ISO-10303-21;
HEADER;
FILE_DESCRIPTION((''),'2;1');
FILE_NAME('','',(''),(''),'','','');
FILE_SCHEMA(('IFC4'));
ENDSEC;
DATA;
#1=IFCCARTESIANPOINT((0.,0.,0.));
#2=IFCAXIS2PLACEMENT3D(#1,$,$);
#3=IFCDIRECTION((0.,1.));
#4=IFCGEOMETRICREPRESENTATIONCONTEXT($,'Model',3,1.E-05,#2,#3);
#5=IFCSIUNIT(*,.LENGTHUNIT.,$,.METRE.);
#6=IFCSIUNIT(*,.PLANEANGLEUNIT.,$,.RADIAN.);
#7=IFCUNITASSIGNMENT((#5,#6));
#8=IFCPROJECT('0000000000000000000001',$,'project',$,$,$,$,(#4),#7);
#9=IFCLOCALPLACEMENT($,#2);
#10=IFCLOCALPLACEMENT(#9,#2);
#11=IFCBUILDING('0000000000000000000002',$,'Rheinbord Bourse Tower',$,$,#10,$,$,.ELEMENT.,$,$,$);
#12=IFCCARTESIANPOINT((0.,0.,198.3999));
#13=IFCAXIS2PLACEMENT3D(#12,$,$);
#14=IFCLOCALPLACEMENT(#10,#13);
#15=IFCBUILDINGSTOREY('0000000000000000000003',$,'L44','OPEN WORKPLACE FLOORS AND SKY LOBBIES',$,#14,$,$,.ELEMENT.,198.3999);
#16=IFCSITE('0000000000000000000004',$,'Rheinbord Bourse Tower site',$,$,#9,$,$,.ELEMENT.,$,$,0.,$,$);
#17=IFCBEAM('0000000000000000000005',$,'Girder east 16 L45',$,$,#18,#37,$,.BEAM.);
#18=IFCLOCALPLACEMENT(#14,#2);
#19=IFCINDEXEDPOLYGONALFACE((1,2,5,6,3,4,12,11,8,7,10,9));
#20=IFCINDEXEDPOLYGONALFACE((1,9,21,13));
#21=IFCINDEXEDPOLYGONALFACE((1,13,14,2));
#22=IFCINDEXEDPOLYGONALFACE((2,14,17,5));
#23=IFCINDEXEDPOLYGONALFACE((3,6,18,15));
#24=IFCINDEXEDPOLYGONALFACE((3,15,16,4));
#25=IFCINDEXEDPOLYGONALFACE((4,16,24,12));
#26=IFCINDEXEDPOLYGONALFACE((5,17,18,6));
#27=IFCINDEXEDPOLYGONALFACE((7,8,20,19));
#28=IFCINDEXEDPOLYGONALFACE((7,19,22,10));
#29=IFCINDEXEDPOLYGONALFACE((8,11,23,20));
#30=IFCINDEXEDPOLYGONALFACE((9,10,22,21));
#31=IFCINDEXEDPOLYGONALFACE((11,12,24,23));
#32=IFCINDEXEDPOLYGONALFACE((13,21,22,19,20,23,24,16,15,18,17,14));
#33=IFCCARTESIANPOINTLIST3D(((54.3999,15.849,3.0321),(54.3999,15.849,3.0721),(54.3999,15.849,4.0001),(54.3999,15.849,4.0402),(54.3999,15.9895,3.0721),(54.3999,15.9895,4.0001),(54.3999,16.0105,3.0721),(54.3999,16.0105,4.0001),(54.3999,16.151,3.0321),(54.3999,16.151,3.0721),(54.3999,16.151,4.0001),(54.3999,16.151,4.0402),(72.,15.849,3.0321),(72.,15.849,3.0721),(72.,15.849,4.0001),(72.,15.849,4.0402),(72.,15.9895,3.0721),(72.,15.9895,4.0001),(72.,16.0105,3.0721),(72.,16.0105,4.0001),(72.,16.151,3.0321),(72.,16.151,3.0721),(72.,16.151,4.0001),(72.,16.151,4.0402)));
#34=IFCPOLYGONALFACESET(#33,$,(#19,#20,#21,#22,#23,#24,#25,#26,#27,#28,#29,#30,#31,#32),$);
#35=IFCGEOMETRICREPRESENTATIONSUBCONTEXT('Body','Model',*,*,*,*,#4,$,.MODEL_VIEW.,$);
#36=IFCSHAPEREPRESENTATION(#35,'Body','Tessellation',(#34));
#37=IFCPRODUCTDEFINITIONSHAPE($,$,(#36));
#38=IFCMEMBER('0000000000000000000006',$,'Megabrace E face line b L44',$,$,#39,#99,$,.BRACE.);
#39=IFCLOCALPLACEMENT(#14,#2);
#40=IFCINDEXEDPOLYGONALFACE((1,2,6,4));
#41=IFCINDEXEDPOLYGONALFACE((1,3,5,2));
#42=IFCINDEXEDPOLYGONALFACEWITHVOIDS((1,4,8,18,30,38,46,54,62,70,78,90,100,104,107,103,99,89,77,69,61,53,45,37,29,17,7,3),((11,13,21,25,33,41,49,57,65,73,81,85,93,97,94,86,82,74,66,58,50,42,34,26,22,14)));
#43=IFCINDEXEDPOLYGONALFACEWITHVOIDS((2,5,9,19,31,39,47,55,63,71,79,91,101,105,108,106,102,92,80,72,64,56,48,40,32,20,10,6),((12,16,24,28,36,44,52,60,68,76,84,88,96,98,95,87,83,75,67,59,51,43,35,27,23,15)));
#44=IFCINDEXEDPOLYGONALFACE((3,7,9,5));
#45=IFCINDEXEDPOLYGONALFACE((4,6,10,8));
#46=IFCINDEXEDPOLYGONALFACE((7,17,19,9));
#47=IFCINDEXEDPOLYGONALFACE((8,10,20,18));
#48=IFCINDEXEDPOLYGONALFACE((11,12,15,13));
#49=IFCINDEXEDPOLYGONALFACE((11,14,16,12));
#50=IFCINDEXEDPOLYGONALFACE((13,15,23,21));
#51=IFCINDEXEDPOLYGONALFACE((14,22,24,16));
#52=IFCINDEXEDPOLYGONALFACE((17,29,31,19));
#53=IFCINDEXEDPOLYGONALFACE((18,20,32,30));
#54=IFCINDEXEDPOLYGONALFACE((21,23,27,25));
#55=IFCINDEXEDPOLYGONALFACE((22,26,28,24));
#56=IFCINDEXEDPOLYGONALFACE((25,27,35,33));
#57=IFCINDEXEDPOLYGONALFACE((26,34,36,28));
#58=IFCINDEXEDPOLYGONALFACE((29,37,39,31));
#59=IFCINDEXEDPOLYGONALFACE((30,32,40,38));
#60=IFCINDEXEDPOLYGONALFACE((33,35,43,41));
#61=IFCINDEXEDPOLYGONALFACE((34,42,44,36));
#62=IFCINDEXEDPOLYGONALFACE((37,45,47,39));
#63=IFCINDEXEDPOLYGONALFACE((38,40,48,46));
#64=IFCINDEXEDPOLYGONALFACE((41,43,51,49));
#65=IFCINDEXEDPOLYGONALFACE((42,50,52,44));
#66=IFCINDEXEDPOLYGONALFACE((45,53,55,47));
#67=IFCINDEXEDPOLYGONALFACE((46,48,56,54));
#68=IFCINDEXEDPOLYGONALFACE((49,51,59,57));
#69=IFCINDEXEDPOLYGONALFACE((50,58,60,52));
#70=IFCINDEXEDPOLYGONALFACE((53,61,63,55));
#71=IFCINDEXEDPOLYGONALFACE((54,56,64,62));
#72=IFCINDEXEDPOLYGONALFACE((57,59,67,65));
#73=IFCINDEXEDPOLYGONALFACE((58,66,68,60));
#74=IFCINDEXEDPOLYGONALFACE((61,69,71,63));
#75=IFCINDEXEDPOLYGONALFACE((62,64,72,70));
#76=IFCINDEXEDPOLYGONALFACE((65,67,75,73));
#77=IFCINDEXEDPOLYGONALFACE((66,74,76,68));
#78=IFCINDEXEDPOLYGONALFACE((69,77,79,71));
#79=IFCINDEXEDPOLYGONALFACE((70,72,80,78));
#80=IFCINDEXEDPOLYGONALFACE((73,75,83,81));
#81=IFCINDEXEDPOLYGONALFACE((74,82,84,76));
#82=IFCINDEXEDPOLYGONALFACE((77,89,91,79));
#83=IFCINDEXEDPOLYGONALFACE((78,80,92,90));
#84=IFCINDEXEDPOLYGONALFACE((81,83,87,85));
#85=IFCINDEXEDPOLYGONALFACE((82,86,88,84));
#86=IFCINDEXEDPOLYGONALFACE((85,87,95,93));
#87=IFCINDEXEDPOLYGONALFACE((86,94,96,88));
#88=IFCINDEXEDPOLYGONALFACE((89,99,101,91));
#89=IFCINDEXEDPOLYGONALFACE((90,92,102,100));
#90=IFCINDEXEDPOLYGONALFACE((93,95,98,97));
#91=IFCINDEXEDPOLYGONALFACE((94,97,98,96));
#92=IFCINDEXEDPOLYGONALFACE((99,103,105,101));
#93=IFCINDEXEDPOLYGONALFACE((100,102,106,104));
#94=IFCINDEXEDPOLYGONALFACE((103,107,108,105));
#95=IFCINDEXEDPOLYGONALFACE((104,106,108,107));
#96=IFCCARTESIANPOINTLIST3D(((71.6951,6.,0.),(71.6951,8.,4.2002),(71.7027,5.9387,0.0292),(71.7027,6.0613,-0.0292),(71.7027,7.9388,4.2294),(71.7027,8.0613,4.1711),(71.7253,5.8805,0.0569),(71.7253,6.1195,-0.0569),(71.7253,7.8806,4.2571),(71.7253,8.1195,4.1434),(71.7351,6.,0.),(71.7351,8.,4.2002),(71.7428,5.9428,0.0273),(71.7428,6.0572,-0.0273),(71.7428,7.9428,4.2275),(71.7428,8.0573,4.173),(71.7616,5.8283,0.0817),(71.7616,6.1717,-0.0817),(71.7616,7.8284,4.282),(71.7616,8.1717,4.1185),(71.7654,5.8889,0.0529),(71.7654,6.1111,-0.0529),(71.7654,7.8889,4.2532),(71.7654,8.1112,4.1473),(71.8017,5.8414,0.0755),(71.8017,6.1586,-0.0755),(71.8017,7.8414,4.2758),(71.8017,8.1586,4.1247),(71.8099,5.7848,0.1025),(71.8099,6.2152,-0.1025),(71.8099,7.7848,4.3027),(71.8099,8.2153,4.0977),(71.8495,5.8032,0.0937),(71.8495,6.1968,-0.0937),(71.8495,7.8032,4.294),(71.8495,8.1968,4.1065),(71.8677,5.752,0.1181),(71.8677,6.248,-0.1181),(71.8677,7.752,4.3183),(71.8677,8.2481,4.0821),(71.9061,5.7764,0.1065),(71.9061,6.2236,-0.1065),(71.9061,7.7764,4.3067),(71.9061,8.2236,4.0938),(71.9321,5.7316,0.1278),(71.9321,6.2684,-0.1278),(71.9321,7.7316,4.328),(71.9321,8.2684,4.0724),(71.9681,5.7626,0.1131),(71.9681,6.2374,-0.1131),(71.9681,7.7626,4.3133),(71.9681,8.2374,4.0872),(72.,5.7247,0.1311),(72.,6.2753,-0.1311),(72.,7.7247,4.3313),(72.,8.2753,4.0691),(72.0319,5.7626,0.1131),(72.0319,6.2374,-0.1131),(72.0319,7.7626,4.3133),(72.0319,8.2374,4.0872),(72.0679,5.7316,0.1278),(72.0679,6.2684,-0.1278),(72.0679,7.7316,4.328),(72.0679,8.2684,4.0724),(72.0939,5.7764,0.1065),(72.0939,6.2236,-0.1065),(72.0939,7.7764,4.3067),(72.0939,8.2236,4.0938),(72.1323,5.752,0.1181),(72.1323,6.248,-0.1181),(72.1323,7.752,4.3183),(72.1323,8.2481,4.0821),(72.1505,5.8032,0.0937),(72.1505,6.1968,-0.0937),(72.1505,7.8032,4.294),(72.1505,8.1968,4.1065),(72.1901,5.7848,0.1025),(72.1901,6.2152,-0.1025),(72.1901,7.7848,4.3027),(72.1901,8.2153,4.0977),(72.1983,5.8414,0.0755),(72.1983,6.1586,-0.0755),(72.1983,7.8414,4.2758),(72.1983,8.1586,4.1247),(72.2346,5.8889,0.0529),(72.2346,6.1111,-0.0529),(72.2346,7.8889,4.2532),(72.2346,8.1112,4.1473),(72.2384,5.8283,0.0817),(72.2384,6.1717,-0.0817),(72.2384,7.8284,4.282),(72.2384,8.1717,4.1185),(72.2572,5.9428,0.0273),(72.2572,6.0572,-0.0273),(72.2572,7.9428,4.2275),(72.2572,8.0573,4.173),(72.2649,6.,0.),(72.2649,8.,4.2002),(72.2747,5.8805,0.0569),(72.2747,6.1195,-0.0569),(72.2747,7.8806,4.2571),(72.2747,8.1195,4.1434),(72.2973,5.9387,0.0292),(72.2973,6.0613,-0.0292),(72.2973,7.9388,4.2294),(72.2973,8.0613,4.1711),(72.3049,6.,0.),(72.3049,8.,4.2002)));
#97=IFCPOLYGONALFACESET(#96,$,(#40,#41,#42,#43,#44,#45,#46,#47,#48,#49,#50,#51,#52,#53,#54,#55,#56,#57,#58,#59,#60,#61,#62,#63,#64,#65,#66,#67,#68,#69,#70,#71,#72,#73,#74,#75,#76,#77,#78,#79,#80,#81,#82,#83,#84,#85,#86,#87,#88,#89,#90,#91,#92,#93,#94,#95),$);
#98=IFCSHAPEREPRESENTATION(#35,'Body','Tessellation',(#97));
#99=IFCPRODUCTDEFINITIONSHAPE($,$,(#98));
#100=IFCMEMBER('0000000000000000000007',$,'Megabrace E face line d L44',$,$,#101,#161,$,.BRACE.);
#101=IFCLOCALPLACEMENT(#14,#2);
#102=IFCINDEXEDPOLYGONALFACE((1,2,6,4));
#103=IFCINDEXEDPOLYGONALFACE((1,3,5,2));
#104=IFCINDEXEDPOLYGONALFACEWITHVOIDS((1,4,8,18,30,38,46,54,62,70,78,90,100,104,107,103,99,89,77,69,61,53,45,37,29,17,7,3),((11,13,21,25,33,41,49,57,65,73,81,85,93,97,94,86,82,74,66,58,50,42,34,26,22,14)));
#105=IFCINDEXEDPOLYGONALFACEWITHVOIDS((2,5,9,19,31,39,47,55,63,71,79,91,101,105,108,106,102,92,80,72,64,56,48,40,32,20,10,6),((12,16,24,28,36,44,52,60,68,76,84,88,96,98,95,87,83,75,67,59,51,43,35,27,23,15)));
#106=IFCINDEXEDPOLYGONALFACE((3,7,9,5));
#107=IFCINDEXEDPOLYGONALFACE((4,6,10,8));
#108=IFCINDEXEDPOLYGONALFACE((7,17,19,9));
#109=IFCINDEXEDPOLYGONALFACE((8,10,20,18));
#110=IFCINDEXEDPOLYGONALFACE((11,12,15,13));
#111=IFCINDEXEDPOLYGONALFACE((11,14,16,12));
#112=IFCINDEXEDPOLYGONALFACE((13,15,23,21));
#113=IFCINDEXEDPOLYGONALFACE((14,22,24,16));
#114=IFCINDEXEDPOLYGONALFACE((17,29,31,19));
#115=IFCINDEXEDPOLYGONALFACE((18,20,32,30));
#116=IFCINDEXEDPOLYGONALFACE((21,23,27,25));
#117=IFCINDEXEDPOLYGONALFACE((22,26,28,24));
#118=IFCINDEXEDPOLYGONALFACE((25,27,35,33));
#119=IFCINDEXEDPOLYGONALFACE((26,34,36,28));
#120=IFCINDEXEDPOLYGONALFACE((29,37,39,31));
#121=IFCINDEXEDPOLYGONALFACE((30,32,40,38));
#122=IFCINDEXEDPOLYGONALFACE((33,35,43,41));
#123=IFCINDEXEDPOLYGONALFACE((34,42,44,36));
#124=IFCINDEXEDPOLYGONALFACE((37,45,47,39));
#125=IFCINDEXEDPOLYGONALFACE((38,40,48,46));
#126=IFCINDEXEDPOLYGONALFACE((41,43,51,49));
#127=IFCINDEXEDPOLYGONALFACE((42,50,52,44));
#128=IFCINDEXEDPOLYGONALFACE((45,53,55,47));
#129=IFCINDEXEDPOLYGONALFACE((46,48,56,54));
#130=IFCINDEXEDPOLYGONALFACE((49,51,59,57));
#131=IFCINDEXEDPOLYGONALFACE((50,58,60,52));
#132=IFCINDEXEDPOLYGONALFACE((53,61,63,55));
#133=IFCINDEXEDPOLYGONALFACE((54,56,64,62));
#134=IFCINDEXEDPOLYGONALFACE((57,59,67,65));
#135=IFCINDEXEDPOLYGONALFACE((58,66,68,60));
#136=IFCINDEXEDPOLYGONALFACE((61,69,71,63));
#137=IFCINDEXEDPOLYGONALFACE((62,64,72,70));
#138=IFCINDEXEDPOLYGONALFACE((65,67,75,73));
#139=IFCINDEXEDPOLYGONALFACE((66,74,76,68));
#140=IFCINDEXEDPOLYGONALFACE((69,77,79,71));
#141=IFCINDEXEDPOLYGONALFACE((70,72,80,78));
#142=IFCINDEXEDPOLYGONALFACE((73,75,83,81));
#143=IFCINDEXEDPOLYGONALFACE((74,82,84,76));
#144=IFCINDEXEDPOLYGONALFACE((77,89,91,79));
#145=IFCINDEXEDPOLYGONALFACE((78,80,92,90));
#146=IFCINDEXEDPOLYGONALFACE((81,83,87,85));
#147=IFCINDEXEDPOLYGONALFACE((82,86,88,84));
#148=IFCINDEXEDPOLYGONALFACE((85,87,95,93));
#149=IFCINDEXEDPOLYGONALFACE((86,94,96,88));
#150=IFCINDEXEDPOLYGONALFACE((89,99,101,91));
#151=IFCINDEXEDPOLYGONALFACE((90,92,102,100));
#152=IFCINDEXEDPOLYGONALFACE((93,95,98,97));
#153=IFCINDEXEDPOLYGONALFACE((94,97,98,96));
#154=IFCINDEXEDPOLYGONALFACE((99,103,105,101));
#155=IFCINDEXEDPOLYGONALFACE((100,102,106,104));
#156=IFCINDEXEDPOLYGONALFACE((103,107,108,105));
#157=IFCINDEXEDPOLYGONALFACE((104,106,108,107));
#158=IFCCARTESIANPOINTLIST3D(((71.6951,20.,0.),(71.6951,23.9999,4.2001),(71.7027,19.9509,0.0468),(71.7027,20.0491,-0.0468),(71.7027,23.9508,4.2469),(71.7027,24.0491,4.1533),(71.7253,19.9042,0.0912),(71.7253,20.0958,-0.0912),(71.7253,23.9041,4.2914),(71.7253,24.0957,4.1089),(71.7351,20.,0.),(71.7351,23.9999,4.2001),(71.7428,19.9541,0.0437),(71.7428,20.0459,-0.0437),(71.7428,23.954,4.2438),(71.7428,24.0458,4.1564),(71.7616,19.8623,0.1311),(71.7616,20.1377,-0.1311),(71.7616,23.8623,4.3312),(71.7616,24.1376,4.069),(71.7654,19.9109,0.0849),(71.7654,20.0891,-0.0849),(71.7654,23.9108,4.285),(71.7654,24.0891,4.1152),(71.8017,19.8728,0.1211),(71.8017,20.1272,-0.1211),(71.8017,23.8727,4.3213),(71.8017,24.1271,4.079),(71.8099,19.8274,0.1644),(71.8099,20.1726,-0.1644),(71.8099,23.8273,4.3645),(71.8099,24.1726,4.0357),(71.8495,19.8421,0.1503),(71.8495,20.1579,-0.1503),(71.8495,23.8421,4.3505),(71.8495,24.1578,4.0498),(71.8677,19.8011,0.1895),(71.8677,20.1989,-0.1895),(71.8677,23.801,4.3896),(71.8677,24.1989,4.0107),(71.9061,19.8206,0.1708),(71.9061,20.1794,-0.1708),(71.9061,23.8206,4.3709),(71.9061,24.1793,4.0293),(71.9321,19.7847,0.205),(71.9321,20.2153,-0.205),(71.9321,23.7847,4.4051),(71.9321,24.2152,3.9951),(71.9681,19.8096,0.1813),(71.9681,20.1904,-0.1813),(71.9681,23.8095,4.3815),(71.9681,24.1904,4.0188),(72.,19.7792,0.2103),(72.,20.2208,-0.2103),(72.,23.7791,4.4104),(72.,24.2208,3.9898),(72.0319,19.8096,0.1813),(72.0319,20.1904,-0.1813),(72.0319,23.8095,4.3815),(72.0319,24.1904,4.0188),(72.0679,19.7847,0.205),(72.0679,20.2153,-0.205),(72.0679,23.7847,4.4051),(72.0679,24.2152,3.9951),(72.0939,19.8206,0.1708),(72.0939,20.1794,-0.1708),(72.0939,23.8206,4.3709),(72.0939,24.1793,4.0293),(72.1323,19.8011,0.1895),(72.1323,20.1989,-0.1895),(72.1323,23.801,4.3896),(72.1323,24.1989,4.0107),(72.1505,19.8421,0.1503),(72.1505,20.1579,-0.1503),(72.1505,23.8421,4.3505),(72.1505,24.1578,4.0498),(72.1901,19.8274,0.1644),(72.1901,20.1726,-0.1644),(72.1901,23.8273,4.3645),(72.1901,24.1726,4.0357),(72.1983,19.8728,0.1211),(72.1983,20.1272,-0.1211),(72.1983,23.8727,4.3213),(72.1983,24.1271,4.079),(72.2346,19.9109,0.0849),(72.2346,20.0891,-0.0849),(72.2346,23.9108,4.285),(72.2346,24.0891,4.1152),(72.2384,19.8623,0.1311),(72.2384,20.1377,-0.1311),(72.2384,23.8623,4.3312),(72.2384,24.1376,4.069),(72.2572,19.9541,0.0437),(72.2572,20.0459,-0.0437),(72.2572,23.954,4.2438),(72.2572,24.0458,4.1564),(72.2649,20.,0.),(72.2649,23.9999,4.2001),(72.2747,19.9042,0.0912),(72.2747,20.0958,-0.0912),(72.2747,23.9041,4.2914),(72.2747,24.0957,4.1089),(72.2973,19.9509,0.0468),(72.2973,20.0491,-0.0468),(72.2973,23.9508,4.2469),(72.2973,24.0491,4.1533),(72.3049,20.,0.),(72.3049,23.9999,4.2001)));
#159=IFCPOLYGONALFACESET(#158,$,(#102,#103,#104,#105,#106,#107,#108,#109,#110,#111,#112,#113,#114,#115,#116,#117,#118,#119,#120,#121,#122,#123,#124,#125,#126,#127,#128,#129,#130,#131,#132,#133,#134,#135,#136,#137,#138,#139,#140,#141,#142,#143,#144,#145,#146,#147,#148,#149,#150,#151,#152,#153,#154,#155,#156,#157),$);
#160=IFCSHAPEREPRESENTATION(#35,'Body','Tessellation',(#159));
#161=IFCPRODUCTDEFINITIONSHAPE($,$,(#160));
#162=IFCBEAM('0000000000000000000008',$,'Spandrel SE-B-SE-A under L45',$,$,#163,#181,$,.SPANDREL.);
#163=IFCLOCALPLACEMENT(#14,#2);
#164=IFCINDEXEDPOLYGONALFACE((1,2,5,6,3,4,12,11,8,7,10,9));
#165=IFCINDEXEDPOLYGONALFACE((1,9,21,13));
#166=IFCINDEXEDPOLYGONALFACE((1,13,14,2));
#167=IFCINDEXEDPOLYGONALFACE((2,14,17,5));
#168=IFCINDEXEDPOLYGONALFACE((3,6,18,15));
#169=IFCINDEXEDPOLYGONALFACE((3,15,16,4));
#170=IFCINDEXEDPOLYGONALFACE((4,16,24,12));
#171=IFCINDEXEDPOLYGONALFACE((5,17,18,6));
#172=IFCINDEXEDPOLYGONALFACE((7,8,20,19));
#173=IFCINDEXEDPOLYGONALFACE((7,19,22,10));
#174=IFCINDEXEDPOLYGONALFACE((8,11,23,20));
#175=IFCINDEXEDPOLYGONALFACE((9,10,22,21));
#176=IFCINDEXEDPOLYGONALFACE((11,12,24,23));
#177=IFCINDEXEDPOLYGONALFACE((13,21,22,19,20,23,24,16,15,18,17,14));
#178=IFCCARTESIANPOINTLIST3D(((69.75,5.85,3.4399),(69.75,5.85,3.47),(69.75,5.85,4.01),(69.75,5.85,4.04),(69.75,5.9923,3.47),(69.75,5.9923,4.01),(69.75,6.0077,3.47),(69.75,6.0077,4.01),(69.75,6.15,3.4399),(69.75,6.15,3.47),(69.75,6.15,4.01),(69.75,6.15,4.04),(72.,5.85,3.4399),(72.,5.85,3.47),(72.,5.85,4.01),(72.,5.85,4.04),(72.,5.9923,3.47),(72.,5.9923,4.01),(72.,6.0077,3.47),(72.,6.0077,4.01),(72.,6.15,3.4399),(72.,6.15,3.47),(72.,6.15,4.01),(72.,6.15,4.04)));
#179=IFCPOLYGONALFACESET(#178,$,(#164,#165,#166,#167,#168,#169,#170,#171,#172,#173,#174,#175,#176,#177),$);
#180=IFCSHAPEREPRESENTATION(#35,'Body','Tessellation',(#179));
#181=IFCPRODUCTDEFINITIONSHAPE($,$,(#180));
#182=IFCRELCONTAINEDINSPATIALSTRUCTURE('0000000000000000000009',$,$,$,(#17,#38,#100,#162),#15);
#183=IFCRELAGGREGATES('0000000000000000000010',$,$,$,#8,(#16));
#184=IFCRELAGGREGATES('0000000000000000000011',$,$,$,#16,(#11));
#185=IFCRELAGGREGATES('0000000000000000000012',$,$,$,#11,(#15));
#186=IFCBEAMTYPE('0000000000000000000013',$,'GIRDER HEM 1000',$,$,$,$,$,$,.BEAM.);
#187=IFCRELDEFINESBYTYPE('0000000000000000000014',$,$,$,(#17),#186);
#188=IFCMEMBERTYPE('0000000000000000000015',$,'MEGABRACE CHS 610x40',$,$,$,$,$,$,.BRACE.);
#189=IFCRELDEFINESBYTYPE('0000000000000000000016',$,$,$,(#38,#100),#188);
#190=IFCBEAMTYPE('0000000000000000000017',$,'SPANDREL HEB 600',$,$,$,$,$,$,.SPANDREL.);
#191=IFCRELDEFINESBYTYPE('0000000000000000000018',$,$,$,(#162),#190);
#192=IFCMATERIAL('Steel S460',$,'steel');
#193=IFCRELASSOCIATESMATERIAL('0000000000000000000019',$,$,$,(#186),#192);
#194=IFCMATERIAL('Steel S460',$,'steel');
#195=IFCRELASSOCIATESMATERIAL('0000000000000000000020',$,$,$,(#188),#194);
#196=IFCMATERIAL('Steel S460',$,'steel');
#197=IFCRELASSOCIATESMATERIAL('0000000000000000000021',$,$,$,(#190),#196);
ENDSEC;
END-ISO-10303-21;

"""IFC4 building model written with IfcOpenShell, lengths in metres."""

from ifc_helpers import new_model, si_unit, direction, frame, origin, origin_2d, place, context, subcontext, project, spatial, hollow_circle, i_section, extrude, material, material_profile, profile_set, type_object, element, save


model = new_model("IFC4")

# Units and contexts
model_context = context("Model", 3, precision=1e-05, world=origin(), true_north=direction((0.0, 1.0)))
body_context = subcontext(model_context, "Body", "Model", "MODEL_VIEW")
ifc_project = project(units=[si_unit("LENGTHUNIT", "METRE"), si_unit("PLANEANGLEUNIT", "RADIAN")], contexts=[model_context])

# Site, building, storey
site_placement = place(None, origin())
site = spatial("IfcSite", under=ifc_project, at=site_placement, Name="Rheinbord Bourse Tower site", CompositionType="ELEMENT", RefElevation=0.0)
building_placement = place(site_placement, origin())
building = spatial("IfcBuilding", under=site, at=building_placement, Name="Rheinbord Bourse Tower", CompositionType="ELEMENT")
storey_placement = place(building_placement, frame((0.0, 0.0, 198.3999)))
storey = spatial("IfcBuildingStorey", under=building, at=storey_placement, Name="L44", Description="OPEN WORKPLACE FLOORS AND SKY LOBBIES", CompositionType="ELEMENT", Elevation=198.3999)

# Beam
ifc_material_1 = material(Name="Steel S460", Category="steel")
ifc_material_profile_1 = material_profile(ifc_material_1, i_section(OverallWidth=0.302, OverallDepth=1.0081, WebThickness=0.021, FlangeThickness=0.04, at=origin_2d()), Name="HEM 1000")
ifc_profile_set_1 = profile_set([ifc_material_profile_1], Name="Steel S460")
beam_type_1 = type_object("IfcBeamType", Name="GIRDER HEM 1000", PredefinedType="BEAM", material=ifc_profile_set_1)
beam_1_placement = place(storey_placement, frame((54.3999, 16.0, 3.5361), z_axis=(1.0, 0.0, 0.0), x_axis=(0.0, 1.0, 0.0)))
element("IfcBeam", 1, at=beam_1_placement, inside=storey, type_object=beam_type_1, Name="Girder east 16 L45", PredefinedType="BEAM", context=body_context, shape_type="SweptSolid", body=[
    extrude(i_section(OverallWidth=0.302, OverallDepth=1.0081, WebThickness=0.021, FlangeThickness=0.04, at=origin_2d()), origin(), (0.0, 0.0, 1.0), 17.6001),
])

# Members
ifc_material_2 = material(Name="Steel S460", Category="steel")
ifc_material_profile_2 = material_profile(ifc_material_2, hollow_circle(Radius=0.3049, WallThickness=0.04, at=origin_2d()), Name="CHS 610x40")
ifc_profile_set_2 = profile_set([ifc_material_profile_2], Name="Steel S460")
member_type_1 = type_object("IfcMemberType", Name="MEGABRACE CHS 610x40", PredefinedType="BRACE", material=ifc_profile_set_2)
member_1_placement = place(storey_placement, frame((72.0, 6.0, 0.0), z_axis=(0.0, 0.429917, 0.902868), x_axis=(-1.0, 0.0, 0.0)))
element("IfcMember", 2, at=member_1_placement, inside=storey, type_object=member_type_1, Name="Megabrace E face line b L44", PredefinedType="BRACE", context=body_context, shape_type="SweptSolid", body=[
    extrude(hollow_circle(Radius=0.3049, WallThickness=0.04, at=origin_2d()), origin(), (0.0, 0.0, 1.0), 4.6521),
])
member_2_placement = place(storey_placement, frame((72.0, 20.0, 0.0), z_axis=(0.0, 0.689638, 0.724154), x_axis=(-1.0, 0.0, 0.0)))
element("IfcMember", 3, at=member_2_placement, inside=storey, type_object=member_type_1, Name="Megabrace E face line d L44", PredefinedType="BRACE", context=body_context, shape_type="SweptSolid", body=[
    extrude(hollow_circle(Radius=0.3049, WallThickness=0.04, at=origin_2d()), origin(), (0.0, 0.0, 1.0), 5.8),
])

# Beam
ifc_material_3 = material(Name="Steel S460", Category="steel")
ifc_material_profile_3 = material_profile(ifc_material_3, i_section(OverallWidth=0.3, OverallDepth=0.6001, WebThickness=0.0154, FlangeThickness=0.03, at=origin_2d()), Name="HEB 600")
ifc_profile_set_3 = profile_set([ifc_material_profile_3], Name="Steel S460")
beam_type_2 = type_object("IfcBeamType", Name="SPANDREL HEB 600", PredefinedType="SPANDREL", material=ifc_profile_set_3)
beam_2_placement = place(storey_placement, frame((69.75, 6.0, 3.74), z_axis=(1.0, 0.0, 0.0), x_axis=(0.0, 1.0, 0.0)))
element("IfcBeam", 4, at=beam_2_placement, inside=storey, type_object=beam_type_2, Name="Spandrel SE-B-SE-A under L45", PredefinedType="SPANDREL", context=body_context, shape_type="SweptSolid", body=[
    extrude(i_section(OverallWidth=0.3, OverallDepth=0.6001, WebThickness=0.0154, FlangeThickness=0.03, at=origin_2d()), origin(), (0.0, 0.0, 1.0), 2.25),
])

save(model, "model.ifc")
